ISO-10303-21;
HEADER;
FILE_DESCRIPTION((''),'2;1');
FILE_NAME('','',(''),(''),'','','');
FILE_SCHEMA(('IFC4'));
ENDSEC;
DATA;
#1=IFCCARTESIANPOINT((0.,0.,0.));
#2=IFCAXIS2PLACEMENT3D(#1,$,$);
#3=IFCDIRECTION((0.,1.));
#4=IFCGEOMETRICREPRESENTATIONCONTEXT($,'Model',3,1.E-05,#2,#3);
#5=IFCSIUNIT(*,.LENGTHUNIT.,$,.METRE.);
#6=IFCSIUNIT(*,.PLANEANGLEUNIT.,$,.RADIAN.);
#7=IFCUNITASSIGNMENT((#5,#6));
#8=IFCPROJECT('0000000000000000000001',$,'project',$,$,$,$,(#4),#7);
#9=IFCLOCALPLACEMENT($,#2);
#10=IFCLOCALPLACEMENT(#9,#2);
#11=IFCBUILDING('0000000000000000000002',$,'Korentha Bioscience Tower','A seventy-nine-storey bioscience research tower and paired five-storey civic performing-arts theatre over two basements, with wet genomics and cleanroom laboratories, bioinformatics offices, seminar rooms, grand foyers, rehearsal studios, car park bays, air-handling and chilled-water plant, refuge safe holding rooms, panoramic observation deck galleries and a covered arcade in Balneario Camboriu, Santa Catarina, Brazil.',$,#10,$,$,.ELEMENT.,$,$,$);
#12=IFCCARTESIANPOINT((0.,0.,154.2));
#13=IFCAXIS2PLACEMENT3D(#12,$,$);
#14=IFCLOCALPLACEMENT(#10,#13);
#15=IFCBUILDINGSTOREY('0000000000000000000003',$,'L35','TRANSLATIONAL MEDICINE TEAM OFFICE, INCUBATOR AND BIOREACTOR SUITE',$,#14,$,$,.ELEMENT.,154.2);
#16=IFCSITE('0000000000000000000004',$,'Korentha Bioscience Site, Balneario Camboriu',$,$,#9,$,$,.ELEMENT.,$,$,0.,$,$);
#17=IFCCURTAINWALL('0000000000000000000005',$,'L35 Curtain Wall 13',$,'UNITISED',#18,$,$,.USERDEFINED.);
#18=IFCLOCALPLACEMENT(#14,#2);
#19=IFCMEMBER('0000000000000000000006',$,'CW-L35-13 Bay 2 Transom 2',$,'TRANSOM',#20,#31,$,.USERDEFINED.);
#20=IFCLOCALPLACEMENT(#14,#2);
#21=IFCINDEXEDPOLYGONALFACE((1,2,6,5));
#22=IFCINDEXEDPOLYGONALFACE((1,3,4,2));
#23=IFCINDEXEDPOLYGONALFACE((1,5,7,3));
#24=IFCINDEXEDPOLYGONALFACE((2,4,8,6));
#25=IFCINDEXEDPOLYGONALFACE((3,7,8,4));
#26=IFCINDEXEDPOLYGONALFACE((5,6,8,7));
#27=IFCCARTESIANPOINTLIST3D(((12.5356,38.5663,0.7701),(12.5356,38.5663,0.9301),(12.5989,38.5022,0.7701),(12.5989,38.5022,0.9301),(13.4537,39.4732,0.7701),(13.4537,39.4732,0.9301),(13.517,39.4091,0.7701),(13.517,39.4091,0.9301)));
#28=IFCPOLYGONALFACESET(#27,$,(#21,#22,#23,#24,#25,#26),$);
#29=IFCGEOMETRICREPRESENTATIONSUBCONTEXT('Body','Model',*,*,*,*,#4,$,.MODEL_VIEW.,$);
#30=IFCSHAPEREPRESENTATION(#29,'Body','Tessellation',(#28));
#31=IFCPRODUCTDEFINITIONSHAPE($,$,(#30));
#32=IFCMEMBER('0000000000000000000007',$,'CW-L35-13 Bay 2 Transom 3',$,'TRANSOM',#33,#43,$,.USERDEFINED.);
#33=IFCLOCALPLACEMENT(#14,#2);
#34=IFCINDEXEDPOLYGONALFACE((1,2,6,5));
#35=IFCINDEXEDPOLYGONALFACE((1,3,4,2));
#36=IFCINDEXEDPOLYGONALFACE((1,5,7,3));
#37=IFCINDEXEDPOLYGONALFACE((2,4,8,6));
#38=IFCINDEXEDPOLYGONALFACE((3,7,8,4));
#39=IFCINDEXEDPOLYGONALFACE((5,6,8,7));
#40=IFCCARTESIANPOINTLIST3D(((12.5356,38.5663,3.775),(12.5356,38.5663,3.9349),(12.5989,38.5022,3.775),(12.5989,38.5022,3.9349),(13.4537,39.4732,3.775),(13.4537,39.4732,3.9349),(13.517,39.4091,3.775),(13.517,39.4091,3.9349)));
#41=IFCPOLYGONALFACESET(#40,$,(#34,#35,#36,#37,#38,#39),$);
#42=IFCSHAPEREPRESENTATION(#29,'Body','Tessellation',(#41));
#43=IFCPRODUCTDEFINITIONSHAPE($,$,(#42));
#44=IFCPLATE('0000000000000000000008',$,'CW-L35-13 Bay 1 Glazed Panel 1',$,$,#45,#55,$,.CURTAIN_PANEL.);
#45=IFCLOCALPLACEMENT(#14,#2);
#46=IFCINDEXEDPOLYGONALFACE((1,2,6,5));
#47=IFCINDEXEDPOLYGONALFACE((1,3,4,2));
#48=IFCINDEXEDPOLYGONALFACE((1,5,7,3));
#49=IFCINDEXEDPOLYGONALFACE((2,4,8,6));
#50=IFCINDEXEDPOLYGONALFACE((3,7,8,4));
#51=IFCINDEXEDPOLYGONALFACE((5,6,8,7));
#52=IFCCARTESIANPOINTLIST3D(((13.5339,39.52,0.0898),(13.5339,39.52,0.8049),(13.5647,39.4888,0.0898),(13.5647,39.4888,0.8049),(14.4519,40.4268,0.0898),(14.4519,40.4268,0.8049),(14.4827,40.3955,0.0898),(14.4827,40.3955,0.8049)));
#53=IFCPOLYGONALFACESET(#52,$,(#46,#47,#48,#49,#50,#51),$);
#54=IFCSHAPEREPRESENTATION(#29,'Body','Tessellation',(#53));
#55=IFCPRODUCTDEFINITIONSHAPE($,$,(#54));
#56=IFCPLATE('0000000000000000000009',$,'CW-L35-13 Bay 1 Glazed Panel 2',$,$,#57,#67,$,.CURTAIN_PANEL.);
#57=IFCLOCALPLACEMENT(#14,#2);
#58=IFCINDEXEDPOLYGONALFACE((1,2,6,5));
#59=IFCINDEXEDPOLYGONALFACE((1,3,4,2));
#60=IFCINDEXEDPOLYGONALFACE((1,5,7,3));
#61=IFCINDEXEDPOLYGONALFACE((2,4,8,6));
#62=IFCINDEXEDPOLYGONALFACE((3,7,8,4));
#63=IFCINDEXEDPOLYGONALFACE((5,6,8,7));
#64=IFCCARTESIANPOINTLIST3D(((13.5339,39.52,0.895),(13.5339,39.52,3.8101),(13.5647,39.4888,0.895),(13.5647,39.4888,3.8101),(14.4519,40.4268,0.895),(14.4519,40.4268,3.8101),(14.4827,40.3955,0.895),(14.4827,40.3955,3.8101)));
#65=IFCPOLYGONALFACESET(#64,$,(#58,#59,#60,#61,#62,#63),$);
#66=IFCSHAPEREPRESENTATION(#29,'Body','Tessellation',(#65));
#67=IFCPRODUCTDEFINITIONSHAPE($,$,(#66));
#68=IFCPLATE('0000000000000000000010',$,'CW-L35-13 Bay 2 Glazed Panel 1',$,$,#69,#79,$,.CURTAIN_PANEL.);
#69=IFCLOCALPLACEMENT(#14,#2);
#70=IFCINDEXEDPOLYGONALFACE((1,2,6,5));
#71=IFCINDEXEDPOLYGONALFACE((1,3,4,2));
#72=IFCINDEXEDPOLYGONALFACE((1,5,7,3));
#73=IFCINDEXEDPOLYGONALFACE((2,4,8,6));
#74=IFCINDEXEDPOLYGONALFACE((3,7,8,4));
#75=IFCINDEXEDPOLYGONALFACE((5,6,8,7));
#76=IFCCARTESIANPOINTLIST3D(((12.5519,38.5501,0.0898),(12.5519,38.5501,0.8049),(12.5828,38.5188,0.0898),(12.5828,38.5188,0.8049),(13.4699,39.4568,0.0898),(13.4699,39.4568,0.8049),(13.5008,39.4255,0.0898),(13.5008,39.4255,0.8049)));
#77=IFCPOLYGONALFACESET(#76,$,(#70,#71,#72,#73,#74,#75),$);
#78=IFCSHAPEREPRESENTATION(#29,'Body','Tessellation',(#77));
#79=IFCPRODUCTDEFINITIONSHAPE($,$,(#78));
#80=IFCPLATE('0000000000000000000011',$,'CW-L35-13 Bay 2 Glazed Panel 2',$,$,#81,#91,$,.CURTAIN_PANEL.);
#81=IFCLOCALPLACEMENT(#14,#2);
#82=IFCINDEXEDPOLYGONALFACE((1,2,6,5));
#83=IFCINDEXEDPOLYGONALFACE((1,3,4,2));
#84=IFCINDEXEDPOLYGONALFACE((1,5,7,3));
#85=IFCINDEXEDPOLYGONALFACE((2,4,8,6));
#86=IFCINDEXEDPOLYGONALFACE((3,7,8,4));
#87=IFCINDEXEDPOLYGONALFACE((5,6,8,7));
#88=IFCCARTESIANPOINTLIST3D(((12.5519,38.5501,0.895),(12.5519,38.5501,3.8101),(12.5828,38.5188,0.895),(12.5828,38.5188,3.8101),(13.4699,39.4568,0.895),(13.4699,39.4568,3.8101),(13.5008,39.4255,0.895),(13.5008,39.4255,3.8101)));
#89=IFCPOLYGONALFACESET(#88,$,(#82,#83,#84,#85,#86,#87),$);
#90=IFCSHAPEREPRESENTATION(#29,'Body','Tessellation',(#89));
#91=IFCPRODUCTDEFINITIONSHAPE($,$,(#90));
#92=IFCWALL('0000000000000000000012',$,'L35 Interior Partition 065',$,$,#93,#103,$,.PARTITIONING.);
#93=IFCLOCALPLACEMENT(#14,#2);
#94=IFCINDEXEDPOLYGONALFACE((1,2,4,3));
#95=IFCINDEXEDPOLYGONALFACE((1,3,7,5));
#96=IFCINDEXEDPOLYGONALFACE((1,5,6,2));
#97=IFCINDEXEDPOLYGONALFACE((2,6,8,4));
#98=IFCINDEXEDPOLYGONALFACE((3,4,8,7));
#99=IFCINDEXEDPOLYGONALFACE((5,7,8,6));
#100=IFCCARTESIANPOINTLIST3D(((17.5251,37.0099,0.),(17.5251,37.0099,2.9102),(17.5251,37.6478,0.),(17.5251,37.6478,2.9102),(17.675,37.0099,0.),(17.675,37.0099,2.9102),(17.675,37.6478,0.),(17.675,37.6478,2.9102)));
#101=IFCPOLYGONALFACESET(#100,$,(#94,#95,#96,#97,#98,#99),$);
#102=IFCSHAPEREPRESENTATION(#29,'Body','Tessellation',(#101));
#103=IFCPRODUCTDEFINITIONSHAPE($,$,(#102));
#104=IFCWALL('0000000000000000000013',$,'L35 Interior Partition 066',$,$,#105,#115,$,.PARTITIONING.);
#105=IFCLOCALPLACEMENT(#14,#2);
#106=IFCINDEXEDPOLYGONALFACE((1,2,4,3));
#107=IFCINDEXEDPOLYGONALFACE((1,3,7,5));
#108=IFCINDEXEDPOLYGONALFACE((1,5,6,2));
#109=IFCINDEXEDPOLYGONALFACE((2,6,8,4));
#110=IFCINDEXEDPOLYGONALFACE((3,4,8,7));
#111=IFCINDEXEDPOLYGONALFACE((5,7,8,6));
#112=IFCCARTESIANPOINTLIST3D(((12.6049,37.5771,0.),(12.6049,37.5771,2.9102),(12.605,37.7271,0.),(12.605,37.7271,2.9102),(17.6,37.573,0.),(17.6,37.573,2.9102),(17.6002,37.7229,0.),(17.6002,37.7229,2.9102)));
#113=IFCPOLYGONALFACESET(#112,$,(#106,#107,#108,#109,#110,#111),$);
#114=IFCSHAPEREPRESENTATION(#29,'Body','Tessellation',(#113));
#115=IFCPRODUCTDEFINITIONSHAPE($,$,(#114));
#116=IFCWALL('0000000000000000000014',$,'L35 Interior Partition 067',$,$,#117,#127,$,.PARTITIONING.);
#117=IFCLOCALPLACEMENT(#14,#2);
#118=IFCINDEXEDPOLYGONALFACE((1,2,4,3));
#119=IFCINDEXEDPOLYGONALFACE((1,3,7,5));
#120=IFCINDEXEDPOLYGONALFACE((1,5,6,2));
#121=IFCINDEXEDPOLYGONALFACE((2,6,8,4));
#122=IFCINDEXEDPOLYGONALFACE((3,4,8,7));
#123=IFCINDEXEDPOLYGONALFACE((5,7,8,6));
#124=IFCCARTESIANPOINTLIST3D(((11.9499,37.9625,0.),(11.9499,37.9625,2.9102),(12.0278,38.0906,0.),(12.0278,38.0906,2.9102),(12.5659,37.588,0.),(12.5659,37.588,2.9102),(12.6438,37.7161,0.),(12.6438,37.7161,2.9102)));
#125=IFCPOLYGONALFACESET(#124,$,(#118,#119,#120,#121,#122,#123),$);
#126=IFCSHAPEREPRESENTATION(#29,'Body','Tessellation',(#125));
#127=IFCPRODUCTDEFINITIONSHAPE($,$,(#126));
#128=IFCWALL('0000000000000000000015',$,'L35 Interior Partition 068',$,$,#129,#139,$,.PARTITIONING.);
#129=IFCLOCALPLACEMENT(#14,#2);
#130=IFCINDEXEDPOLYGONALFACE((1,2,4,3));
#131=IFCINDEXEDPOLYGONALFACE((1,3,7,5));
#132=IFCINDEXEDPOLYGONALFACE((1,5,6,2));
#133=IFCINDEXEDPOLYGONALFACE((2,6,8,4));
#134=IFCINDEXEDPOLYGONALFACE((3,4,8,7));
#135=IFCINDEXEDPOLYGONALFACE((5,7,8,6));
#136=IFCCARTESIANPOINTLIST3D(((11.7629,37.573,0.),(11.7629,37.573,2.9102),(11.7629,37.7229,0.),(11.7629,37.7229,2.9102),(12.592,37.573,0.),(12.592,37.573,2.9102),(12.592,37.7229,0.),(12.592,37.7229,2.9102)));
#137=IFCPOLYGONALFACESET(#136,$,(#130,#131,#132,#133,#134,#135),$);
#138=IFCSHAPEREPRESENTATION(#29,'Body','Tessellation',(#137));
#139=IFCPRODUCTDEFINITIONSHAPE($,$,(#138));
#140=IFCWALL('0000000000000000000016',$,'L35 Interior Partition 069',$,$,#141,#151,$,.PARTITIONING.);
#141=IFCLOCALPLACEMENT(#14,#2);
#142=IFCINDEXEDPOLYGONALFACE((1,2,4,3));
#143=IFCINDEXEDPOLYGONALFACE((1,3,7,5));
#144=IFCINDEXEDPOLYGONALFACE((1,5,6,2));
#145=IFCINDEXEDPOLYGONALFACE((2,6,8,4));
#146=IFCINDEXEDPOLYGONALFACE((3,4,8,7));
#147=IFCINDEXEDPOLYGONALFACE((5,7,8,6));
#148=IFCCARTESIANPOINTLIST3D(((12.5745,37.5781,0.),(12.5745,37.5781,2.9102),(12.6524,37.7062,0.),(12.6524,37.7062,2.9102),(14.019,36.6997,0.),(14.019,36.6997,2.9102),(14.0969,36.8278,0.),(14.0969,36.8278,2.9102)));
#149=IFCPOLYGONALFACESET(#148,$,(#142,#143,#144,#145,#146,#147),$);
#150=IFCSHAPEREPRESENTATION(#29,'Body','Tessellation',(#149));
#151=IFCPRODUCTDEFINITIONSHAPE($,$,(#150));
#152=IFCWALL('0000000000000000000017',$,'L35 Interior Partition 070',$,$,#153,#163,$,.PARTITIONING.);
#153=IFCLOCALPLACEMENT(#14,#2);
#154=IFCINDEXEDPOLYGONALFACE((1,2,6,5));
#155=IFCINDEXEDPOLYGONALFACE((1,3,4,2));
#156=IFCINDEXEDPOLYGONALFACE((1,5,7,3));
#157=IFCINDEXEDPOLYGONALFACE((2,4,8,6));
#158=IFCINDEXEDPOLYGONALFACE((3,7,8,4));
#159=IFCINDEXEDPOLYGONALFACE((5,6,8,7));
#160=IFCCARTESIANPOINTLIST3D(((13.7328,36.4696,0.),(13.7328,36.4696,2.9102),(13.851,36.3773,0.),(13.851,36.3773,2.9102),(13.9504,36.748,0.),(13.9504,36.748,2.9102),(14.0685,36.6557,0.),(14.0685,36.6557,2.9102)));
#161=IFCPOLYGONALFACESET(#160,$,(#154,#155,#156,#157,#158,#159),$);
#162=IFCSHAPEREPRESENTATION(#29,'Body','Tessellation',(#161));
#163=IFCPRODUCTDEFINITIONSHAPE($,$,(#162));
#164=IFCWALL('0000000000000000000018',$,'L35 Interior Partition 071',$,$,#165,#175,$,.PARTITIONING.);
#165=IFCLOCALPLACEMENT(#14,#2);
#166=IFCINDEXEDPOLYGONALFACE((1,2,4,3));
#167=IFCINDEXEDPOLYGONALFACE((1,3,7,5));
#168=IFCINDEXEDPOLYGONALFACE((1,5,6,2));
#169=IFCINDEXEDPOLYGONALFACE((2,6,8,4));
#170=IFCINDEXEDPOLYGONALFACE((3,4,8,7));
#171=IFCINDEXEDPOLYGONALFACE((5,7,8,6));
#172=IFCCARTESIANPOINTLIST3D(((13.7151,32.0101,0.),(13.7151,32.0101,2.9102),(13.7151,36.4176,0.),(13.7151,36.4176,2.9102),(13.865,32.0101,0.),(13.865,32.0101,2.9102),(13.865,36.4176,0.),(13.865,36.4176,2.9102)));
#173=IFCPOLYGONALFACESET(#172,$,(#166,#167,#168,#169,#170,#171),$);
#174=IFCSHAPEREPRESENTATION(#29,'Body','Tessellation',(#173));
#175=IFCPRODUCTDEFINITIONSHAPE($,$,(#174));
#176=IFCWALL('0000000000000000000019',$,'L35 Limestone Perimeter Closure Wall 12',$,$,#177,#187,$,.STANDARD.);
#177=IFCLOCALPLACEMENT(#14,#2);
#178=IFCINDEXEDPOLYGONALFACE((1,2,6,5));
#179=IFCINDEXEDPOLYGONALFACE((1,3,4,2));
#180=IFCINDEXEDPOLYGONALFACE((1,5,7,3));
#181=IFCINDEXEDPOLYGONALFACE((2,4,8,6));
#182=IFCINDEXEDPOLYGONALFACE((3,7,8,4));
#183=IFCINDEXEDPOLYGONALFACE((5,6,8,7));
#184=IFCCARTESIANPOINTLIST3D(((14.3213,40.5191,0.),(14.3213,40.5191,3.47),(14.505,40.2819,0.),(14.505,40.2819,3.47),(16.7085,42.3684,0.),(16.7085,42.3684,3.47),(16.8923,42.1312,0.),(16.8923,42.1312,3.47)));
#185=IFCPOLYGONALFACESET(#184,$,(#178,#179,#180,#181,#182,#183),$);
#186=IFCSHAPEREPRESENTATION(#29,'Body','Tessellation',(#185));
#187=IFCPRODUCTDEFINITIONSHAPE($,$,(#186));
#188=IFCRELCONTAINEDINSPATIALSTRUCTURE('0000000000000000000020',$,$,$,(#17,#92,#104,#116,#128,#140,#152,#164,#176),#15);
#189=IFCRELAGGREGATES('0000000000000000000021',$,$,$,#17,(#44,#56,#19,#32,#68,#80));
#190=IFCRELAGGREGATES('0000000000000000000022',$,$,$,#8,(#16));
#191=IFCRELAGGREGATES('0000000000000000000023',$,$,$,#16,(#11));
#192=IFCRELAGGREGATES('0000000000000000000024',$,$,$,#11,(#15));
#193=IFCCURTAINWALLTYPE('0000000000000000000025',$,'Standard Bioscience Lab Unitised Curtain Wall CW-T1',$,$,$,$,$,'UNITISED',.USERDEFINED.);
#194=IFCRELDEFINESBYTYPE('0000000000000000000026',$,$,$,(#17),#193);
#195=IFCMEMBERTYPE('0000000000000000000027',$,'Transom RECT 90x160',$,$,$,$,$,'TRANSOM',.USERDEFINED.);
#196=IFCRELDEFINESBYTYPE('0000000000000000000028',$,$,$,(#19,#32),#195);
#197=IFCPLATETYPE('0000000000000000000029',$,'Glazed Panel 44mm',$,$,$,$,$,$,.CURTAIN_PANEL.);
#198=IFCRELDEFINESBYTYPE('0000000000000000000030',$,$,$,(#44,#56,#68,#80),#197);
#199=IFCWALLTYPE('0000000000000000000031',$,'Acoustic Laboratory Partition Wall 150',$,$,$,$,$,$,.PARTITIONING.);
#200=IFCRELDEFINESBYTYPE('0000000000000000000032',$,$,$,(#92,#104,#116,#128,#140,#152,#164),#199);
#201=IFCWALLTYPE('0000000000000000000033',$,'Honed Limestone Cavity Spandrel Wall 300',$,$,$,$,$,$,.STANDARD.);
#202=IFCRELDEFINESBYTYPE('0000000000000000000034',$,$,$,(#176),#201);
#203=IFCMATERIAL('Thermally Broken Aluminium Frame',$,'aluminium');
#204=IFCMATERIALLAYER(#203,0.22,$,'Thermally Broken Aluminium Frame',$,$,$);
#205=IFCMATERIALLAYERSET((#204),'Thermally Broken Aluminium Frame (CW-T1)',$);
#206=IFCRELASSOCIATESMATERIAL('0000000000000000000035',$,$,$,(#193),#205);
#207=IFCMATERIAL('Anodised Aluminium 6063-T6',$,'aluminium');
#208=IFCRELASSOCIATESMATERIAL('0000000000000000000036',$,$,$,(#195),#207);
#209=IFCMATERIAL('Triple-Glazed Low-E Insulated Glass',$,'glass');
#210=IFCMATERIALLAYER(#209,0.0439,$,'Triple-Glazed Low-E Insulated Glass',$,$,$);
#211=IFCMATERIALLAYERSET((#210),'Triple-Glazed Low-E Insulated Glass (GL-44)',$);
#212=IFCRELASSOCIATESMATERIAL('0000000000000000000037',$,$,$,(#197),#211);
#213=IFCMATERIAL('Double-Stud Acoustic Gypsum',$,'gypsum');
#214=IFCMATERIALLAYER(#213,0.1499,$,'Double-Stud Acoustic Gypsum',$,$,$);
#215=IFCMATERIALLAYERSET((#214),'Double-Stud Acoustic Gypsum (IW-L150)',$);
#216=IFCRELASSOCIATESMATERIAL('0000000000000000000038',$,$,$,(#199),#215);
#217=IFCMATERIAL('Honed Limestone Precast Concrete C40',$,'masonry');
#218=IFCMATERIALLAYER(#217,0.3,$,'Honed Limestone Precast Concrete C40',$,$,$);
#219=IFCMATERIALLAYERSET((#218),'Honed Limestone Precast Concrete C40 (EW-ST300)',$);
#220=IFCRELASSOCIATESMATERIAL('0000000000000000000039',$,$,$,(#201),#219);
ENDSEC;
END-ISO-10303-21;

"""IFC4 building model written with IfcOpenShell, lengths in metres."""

from ifc_helpers import new_model, si_unit, direction, frame, frame_2d, origin, origin_2d, place, context, subcontext, project, spatial, rectangle, extrude, material, layer, layer_set, material_profile, profile_set, type_object, element, aggregate, save


model = new_model("IFC4")

# Units and contexts
model_context = context("Model", 3, precision=1e-05, world=origin(), true_north=direction((0.0, 1.0)))
body_context = subcontext(model_context, "Body", "Model", "MODEL_VIEW")
ifc_project = project(units=[si_unit("LENGTHUNIT", "METRE"), si_unit("PLANEANGLEUNIT", "RADIAN")], contexts=[model_context])

# Site, building, storey
site_placement = place(None, origin())
site = spatial("IfcSite", under=ifc_project, at=site_placement, Name="Korentha Bioscience Site, Balneario Camboriu", CompositionType="ELEMENT", RefElevation=0.0)
building_placement = place(site_placement, origin())
building = spatial("IfcBuilding", under=site, at=building_placement, Name="Korentha Bioscience Tower", Description="A seventy-nine-storey bioscience research tower and paired five-storey civic performing-arts theatre over two basements, with wet genomics and cleanroom laboratories, bioinformatics offices, seminar rooms, grand foyers, rehearsal studios, car park bays, air-handling and chilled-water plant, refuge safe holding rooms, panoramic observation deck galleries and a covered arcade in Balneario Camboriu, Santa Catarina, Brazil.", CompositionType="ELEMENT")
storey_placement = place(building_placement, frame((0.0, 0.0, 154.2)))
storey = spatial("IfcBuildingStorey", under=building, at=storey_placement, Name="L35", Description="TRANSLATIONAL MEDICINE TEAM OFFICE, INCUBATOR AND BIOREACTOR SUITE", CompositionType="ELEMENT", Elevation=154.2)

# Curtain wall
ifc_material_1 = material(Name="Thermally Broken Aluminium Frame", Category="aluminium")
ifc_layer_1 = layer(ifc_material_1, 0.22, Name="Thermally Broken Aluminium Frame")
ifc_layer_set_1 = layer_set([ifc_layer_1], Name="Thermally Broken Aluminium Frame (CW-T1)")
curtain_wall_type = type_object("IfcCurtainWallType", Name="Standard Bioscience Lab Unitised Curtain Wall CW-T1", ElementType="UNITISED", PredefinedType="USERDEFINED", material=ifc_layer_set_1)
curtain_wall_placement = place(storey_placement, origin())
curtain_wall = element("IfcCurtainWall", 1, at=curtain_wall_placement, inside=storey, type_object=curtain_wall_type, Name="L35 Curtain Wall 13", ObjectType="UNITISED", PredefinedType="USERDEFINED")
ifc_material_2 = material(Name="Anodised Aluminium 6063-T6", Category="aluminium")

# Members
ifc_material_profile_1 = material_profile(ifc_material_2, rectangle(XDim=0.0901, YDim=0.1599, at=origin_2d()), Name="Anodised Aluminium 6063-T6")
ifc_profile_set_1 = profile_set([ifc_material_profile_1], Name="Anodised Aluminium 6063-T6 (CW-TRN)")
member_type_1 = type_object("IfcMemberType", Name="Transom RECT 90x160", ElementType="TRANSOM", PredefinedType="USERDEFINED", material=ifc_profile_set_1)
member_1_placement = place(storey_placement, frame((13.4854, 39.4412, 0.8501), z_axis=(-0.711444, -0.702743, 0.0), x_axis=(0.702743, -0.711444, 0.0)))
member_1 = element("IfcMember", 2, at=member_1_placement, type_object=member_type_1, Name="CW-L35-13 Bay 2 Transom 2", ObjectType="TRANSOM", PredefinedType="USERDEFINED", context=body_context, shape_type="SweptSolid", body=[
    extrude(rectangle(XDim=0.0901, YDim=0.1599, at=origin_2d()), origin(), (0.0, 0.0, 1.0), 1.2905),
])
member_2_placement = place(storey_placement, frame((13.4854, 39.4412, 3.855), z_axis=(-0.711444, -0.702743, 0.0), x_axis=(0.702743, -0.711444, 0.0)))
member_2 = element("IfcMember", 3, at=member_2_placement, type_object=member_type_1, Name="CW-L35-13 Bay 2 Transom 3", ObjectType="TRANSOM", PredefinedType="USERDEFINED", context=body_context, shape_type="SweptSolid", body=[
    extrude(rectangle(XDim=0.0901, YDim=0.1599, at=origin_2d()), origin(), (0.0, 0.0, 1.0), 1.2905),
])

# Plates
ifc_material_3 = material(Name="Triple-Glazed Low-E Insulated Glass", Category="glass")
ifc_layer_2 = layer(ifc_material_3, 0.0439, Name="Triple-Glazed Low-E Insulated Glass")
ifc_layer_set_2 = layer_set([ifc_layer_2], Name="Triple-Glazed Low-E Insulated Glass (GL-44)")
plate_type = type_object("IfcPlateType", Name="Glazed Panel 44mm", PredefinedType="CURTAIN_PANEL", material=ifc_layer_set_2)
plate_1_placement = place(storey_placement, frame((14.0083, 39.9578, 0.0898), z_axis=(0.0, 0.0, 1.0), x_axis=(-0.711461, -0.702726, 0.0)))
plate_1 = element("IfcPlate", 4, at=plate_1_placement, type_object=plate_type, Name="CW-L35-13 Bay 1 Glazed Panel 1", PredefinedType="CURTAIN_PANEL", context=body_context, shape_type="SweptSolid", body=[
    extrude(rectangle(XDim=1.2903, YDim=0.0439, at=origin_2d()), origin(), (0.0, 0.0, 1.0), 0.7151),
])
plate_2_placement = place(storey_placement, frame((14.0083, 39.9578, 0.895), z_axis=(0.0, 0.0, 1.0), x_axis=(-0.711461, -0.702726, 0.0)))
plate_2 = element("IfcPlate", 5, at=plate_2_placement, type_object=plate_type, Name="CW-L35-13 Bay 1 Glazed Panel 2", PredefinedType="CURTAIN_PANEL", context=body_context, shape_type="SweptSolid", body=[
    extrude(rectangle(XDim=1.2903, YDim=0.0439, at=origin_2d()), origin(), (0.0, 0.0, 1.0), 2.915),
])
plate_3_placement = place(storey_placement, frame((13.0264, 38.9878, 0.0898), z_axis=(0.0, 0.0, 1.0), x_axis=(-0.711461, -0.702726, 0.0)))
plate_3 = element("IfcPlate", 6, at=plate_3_placement, type_object=plate_type, Name="CW-L35-13 Bay 2 Glazed Panel 1", PredefinedType="CURTAIN_PANEL", context=body_context, shape_type="SweptSolid", body=[
    extrude(rectangle(XDim=1.2903, YDim=0.0439, at=origin_2d()), origin(), (0.0, 0.0, 1.0), 0.7151),
])
plate_4_placement = place(storey_placement, frame((13.0264, 38.9878, 0.895), z_axis=(0.0, 0.0, 1.0), x_axis=(-0.711461, -0.702726, 0.0)))
plate_4 = element("IfcPlate", 7, at=plate_4_placement, type_object=plate_type, Name="CW-L35-13 Bay 2 Glazed Panel 2", PredefinedType="CURTAIN_PANEL", context=body_context, shape_type="SweptSolid", body=[
    extrude(rectangle(XDim=1.2903, YDim=0.0439, at=origin_2d()), origin(), (0.0, 0.0, 1.0), 2.915),
])
aggregate(curtain_wall, [plate_1, plate_2, member_1, member_2, plate_3, plate_4])

# Walls
ifc_material_4 = material(Name="Double-Stud Acoustic Gypsum", Category="gypsum")
ifc_layer_3 = layer(ifc_material_4, 0.1499, Name="Double-Stud Acoustic Gypsum")
ifc_layer_set_3 = layer_set([ifc_layer_3], Name="Double-Stud Acoustic Gypsum (IW-L150)")
wall_type_1 = type_object("IfcWallType", Name="Acoustic Laboratory Partition Wall 150", PredefinedType="PARTITIONING", material=ifc_layer_set_3)
wall_1_placement = place(storey_placement, frame((17.6001, 37.01, 0.0), z_axis=(0.0, 0.0, 1.0), x_axis=(0.0, 1.0, 0.0)))
element("IfcWall", 8, at=wall_1_placement, inside=storey, type_object=wall_type_1, Name="L35 Interior Partition 065", PredefinedType="PARTITIONING", context=body_context, shape_type="SweptSolid", body=[
    extrude(rectangle(XDim=0.6379, YDim=0.1499, at=frame_2d((0.3188, 0.0))), origin(), (0.0, 0.0, 1.0), 2.9102),
])
wall_2_placement = place(storey_placement, frame((17.6001, 37.6479, 0.0), z_axis=(0.0, 0.0, 1.0), x_axis=(-1.0, 0.000831, 0.0)))
element("IfcWall", 9, at=wall_2_placement, inside=storey, type_object=wall_type_1, Name="L35 Interior Partition 066", PredefinedType="PARTITIONING", context=body_context, shape_type="SweptSolid", body=[
    extrude(rectangle(XDim=4.9951, YDim=0.1499, at=frame_2d((2.4976, 0.0))), origin(), (0.0, 0.0, 1.0), 2.9102),
])
wall_3_placement = place(storey_placement, frame((12.6047, 37.6521, 0.0), z_axis=(0.0, 0.0, 1.0), x_axis=(-0.85446, 0.519517, 0.0)))
element("IfcWall", 10, at=wall_3_placement, inside=storey, type_object=wall_type_1, Name="L35 Interior Partition 067", PredefinedType="PARTITIONING", context=body_context, shape_type="SweptSolid", body=[
    extrude(rectangle(XDim=0.7209, YDim=0.1499, at=frame_2d((0.3604, 0.0))), origin(), (0.0, 0.0, 1.0), 2.9102),
])
wall_4_placement = place(storey_placement, frame((11.7629, 37.6479, 0.0), z_axis=(0.0, 0.0, 1.0), x_axis=(1.0, 0.0, 0.0)))
element("IfcWall", 11, at=wall_4_placement, inside=storey, type_object=wall_type_1, Name="L35 Interior Partition 068", PredefinedType="PARTITIONING", context=body_context, shape_type="SweptSolid", body=[
    extrude(rectangle(XDim=0.8291, YDim=0.1499, at=frame_2d((0.4146, 0.0))), origin(), (0.0, 0.0, 1.0), 2.9102),
])
wall_5_placement = place(storey_placement, frame((12.6135, 37.6421, 0.0), z_axis=(0.0, 0.0, 1.0), x_axis=(0.854433, -0.519562, 0.0)))
element("IfcWall", 12, at=wall_5_placement, inside=storey, type_object=wall_type_1, Name="L35 Interior Partition 069", PredefinedType="PARTITIONING", context=body_context, shape_type="SweptSolid", body=[
    extrude(rectangle(XDim=1.6907, YDim=0.1499, at=frame_2d((0.8452, 0.0))), origin(), (0.0, 0.0, 1.0), 2.9102),
])
wall_6_placement = place(storey_placement, frame((14.0095, 36.7019, 0.0), z_axis=(0.0, 0.0, 1.0), x_axis=(-0.615805, -0.787899, 0.0)))
element("IfcWall", 13, at=wall_6_placement, inside=storey, type_object=wall_type_1, Name="L35 Interior Partition 070", PredefinedType="PARTITIONING", context=body_context, shape_type="SweptSolid", body=[
    extrude(rectangle(XDim=0.3533, YDim=0.1499, at=frame_2d((0.1768, 0.0))), origin(), (0.0, 0.0, 1.0), 2.9102),
])
wall_7_placement = place(storey_placement, frame((13.79, 36.4175, 0.0), z_axis=(0.0, 0.0, 1.0), x_axis=(0.0, -1.0, 0.0)))
element("IfcWall", 14, at=wall_7_placement, inside=storey, type_object=wall_type_1, Name="L35 Interior Partition 071", PredefinedType="PARTITIONING", context=body_context, shape_type="SweptSolid", body=[
    extrude(rectangle(XDim=4.4075, YDim=0.1499, at=frame_2d((2.2036, 0.0))), origin(), (0.0, 0.0, 1.0), 2.9102),
])
ifc_material_5 = material(Name="Honed Limestone Precast Concrete C40", Category="masonry")
ifc_layer_4 = layer(ifc_material_5, 0.3, Name="Honed Limestone Precast Concrete C40")
ifc_layer_set_4 = layer_set([ifc_layer_4], Name="Honed Limestone Precast Concrete C40 (EW-ST300)")
wall_type_2 = type_object("IfcWallType", Name="Honed Limestone Cavity Spandrel Wall 300", PredefinedType="STANDARD", material=ifc_layer_set_4)
wall_8_placement = place(storey_placement, frame((16.8003, 42.2498, 0.0), z_axis=(0.0, 0.0, 1.0), x_axis=(-0.790531, -0.612423, 0.0)))
element("IfcWall", 15, at=wall_8_placement, inside=storey, type_object=wall_type_2, Name="L35 Limestone Perimeter Closure Wall 12", PredefinedType="STANDARD", context=body_context, shape_type="SweptSolid", body=[
    extrude(rectangle(XDim=3.0198, YDim=0.3, at=frame_2d((1.5098, 0.0))), origin(), (0.0, 0.0, 1.0), 3.47),
])

save(model, "model.ifc")
